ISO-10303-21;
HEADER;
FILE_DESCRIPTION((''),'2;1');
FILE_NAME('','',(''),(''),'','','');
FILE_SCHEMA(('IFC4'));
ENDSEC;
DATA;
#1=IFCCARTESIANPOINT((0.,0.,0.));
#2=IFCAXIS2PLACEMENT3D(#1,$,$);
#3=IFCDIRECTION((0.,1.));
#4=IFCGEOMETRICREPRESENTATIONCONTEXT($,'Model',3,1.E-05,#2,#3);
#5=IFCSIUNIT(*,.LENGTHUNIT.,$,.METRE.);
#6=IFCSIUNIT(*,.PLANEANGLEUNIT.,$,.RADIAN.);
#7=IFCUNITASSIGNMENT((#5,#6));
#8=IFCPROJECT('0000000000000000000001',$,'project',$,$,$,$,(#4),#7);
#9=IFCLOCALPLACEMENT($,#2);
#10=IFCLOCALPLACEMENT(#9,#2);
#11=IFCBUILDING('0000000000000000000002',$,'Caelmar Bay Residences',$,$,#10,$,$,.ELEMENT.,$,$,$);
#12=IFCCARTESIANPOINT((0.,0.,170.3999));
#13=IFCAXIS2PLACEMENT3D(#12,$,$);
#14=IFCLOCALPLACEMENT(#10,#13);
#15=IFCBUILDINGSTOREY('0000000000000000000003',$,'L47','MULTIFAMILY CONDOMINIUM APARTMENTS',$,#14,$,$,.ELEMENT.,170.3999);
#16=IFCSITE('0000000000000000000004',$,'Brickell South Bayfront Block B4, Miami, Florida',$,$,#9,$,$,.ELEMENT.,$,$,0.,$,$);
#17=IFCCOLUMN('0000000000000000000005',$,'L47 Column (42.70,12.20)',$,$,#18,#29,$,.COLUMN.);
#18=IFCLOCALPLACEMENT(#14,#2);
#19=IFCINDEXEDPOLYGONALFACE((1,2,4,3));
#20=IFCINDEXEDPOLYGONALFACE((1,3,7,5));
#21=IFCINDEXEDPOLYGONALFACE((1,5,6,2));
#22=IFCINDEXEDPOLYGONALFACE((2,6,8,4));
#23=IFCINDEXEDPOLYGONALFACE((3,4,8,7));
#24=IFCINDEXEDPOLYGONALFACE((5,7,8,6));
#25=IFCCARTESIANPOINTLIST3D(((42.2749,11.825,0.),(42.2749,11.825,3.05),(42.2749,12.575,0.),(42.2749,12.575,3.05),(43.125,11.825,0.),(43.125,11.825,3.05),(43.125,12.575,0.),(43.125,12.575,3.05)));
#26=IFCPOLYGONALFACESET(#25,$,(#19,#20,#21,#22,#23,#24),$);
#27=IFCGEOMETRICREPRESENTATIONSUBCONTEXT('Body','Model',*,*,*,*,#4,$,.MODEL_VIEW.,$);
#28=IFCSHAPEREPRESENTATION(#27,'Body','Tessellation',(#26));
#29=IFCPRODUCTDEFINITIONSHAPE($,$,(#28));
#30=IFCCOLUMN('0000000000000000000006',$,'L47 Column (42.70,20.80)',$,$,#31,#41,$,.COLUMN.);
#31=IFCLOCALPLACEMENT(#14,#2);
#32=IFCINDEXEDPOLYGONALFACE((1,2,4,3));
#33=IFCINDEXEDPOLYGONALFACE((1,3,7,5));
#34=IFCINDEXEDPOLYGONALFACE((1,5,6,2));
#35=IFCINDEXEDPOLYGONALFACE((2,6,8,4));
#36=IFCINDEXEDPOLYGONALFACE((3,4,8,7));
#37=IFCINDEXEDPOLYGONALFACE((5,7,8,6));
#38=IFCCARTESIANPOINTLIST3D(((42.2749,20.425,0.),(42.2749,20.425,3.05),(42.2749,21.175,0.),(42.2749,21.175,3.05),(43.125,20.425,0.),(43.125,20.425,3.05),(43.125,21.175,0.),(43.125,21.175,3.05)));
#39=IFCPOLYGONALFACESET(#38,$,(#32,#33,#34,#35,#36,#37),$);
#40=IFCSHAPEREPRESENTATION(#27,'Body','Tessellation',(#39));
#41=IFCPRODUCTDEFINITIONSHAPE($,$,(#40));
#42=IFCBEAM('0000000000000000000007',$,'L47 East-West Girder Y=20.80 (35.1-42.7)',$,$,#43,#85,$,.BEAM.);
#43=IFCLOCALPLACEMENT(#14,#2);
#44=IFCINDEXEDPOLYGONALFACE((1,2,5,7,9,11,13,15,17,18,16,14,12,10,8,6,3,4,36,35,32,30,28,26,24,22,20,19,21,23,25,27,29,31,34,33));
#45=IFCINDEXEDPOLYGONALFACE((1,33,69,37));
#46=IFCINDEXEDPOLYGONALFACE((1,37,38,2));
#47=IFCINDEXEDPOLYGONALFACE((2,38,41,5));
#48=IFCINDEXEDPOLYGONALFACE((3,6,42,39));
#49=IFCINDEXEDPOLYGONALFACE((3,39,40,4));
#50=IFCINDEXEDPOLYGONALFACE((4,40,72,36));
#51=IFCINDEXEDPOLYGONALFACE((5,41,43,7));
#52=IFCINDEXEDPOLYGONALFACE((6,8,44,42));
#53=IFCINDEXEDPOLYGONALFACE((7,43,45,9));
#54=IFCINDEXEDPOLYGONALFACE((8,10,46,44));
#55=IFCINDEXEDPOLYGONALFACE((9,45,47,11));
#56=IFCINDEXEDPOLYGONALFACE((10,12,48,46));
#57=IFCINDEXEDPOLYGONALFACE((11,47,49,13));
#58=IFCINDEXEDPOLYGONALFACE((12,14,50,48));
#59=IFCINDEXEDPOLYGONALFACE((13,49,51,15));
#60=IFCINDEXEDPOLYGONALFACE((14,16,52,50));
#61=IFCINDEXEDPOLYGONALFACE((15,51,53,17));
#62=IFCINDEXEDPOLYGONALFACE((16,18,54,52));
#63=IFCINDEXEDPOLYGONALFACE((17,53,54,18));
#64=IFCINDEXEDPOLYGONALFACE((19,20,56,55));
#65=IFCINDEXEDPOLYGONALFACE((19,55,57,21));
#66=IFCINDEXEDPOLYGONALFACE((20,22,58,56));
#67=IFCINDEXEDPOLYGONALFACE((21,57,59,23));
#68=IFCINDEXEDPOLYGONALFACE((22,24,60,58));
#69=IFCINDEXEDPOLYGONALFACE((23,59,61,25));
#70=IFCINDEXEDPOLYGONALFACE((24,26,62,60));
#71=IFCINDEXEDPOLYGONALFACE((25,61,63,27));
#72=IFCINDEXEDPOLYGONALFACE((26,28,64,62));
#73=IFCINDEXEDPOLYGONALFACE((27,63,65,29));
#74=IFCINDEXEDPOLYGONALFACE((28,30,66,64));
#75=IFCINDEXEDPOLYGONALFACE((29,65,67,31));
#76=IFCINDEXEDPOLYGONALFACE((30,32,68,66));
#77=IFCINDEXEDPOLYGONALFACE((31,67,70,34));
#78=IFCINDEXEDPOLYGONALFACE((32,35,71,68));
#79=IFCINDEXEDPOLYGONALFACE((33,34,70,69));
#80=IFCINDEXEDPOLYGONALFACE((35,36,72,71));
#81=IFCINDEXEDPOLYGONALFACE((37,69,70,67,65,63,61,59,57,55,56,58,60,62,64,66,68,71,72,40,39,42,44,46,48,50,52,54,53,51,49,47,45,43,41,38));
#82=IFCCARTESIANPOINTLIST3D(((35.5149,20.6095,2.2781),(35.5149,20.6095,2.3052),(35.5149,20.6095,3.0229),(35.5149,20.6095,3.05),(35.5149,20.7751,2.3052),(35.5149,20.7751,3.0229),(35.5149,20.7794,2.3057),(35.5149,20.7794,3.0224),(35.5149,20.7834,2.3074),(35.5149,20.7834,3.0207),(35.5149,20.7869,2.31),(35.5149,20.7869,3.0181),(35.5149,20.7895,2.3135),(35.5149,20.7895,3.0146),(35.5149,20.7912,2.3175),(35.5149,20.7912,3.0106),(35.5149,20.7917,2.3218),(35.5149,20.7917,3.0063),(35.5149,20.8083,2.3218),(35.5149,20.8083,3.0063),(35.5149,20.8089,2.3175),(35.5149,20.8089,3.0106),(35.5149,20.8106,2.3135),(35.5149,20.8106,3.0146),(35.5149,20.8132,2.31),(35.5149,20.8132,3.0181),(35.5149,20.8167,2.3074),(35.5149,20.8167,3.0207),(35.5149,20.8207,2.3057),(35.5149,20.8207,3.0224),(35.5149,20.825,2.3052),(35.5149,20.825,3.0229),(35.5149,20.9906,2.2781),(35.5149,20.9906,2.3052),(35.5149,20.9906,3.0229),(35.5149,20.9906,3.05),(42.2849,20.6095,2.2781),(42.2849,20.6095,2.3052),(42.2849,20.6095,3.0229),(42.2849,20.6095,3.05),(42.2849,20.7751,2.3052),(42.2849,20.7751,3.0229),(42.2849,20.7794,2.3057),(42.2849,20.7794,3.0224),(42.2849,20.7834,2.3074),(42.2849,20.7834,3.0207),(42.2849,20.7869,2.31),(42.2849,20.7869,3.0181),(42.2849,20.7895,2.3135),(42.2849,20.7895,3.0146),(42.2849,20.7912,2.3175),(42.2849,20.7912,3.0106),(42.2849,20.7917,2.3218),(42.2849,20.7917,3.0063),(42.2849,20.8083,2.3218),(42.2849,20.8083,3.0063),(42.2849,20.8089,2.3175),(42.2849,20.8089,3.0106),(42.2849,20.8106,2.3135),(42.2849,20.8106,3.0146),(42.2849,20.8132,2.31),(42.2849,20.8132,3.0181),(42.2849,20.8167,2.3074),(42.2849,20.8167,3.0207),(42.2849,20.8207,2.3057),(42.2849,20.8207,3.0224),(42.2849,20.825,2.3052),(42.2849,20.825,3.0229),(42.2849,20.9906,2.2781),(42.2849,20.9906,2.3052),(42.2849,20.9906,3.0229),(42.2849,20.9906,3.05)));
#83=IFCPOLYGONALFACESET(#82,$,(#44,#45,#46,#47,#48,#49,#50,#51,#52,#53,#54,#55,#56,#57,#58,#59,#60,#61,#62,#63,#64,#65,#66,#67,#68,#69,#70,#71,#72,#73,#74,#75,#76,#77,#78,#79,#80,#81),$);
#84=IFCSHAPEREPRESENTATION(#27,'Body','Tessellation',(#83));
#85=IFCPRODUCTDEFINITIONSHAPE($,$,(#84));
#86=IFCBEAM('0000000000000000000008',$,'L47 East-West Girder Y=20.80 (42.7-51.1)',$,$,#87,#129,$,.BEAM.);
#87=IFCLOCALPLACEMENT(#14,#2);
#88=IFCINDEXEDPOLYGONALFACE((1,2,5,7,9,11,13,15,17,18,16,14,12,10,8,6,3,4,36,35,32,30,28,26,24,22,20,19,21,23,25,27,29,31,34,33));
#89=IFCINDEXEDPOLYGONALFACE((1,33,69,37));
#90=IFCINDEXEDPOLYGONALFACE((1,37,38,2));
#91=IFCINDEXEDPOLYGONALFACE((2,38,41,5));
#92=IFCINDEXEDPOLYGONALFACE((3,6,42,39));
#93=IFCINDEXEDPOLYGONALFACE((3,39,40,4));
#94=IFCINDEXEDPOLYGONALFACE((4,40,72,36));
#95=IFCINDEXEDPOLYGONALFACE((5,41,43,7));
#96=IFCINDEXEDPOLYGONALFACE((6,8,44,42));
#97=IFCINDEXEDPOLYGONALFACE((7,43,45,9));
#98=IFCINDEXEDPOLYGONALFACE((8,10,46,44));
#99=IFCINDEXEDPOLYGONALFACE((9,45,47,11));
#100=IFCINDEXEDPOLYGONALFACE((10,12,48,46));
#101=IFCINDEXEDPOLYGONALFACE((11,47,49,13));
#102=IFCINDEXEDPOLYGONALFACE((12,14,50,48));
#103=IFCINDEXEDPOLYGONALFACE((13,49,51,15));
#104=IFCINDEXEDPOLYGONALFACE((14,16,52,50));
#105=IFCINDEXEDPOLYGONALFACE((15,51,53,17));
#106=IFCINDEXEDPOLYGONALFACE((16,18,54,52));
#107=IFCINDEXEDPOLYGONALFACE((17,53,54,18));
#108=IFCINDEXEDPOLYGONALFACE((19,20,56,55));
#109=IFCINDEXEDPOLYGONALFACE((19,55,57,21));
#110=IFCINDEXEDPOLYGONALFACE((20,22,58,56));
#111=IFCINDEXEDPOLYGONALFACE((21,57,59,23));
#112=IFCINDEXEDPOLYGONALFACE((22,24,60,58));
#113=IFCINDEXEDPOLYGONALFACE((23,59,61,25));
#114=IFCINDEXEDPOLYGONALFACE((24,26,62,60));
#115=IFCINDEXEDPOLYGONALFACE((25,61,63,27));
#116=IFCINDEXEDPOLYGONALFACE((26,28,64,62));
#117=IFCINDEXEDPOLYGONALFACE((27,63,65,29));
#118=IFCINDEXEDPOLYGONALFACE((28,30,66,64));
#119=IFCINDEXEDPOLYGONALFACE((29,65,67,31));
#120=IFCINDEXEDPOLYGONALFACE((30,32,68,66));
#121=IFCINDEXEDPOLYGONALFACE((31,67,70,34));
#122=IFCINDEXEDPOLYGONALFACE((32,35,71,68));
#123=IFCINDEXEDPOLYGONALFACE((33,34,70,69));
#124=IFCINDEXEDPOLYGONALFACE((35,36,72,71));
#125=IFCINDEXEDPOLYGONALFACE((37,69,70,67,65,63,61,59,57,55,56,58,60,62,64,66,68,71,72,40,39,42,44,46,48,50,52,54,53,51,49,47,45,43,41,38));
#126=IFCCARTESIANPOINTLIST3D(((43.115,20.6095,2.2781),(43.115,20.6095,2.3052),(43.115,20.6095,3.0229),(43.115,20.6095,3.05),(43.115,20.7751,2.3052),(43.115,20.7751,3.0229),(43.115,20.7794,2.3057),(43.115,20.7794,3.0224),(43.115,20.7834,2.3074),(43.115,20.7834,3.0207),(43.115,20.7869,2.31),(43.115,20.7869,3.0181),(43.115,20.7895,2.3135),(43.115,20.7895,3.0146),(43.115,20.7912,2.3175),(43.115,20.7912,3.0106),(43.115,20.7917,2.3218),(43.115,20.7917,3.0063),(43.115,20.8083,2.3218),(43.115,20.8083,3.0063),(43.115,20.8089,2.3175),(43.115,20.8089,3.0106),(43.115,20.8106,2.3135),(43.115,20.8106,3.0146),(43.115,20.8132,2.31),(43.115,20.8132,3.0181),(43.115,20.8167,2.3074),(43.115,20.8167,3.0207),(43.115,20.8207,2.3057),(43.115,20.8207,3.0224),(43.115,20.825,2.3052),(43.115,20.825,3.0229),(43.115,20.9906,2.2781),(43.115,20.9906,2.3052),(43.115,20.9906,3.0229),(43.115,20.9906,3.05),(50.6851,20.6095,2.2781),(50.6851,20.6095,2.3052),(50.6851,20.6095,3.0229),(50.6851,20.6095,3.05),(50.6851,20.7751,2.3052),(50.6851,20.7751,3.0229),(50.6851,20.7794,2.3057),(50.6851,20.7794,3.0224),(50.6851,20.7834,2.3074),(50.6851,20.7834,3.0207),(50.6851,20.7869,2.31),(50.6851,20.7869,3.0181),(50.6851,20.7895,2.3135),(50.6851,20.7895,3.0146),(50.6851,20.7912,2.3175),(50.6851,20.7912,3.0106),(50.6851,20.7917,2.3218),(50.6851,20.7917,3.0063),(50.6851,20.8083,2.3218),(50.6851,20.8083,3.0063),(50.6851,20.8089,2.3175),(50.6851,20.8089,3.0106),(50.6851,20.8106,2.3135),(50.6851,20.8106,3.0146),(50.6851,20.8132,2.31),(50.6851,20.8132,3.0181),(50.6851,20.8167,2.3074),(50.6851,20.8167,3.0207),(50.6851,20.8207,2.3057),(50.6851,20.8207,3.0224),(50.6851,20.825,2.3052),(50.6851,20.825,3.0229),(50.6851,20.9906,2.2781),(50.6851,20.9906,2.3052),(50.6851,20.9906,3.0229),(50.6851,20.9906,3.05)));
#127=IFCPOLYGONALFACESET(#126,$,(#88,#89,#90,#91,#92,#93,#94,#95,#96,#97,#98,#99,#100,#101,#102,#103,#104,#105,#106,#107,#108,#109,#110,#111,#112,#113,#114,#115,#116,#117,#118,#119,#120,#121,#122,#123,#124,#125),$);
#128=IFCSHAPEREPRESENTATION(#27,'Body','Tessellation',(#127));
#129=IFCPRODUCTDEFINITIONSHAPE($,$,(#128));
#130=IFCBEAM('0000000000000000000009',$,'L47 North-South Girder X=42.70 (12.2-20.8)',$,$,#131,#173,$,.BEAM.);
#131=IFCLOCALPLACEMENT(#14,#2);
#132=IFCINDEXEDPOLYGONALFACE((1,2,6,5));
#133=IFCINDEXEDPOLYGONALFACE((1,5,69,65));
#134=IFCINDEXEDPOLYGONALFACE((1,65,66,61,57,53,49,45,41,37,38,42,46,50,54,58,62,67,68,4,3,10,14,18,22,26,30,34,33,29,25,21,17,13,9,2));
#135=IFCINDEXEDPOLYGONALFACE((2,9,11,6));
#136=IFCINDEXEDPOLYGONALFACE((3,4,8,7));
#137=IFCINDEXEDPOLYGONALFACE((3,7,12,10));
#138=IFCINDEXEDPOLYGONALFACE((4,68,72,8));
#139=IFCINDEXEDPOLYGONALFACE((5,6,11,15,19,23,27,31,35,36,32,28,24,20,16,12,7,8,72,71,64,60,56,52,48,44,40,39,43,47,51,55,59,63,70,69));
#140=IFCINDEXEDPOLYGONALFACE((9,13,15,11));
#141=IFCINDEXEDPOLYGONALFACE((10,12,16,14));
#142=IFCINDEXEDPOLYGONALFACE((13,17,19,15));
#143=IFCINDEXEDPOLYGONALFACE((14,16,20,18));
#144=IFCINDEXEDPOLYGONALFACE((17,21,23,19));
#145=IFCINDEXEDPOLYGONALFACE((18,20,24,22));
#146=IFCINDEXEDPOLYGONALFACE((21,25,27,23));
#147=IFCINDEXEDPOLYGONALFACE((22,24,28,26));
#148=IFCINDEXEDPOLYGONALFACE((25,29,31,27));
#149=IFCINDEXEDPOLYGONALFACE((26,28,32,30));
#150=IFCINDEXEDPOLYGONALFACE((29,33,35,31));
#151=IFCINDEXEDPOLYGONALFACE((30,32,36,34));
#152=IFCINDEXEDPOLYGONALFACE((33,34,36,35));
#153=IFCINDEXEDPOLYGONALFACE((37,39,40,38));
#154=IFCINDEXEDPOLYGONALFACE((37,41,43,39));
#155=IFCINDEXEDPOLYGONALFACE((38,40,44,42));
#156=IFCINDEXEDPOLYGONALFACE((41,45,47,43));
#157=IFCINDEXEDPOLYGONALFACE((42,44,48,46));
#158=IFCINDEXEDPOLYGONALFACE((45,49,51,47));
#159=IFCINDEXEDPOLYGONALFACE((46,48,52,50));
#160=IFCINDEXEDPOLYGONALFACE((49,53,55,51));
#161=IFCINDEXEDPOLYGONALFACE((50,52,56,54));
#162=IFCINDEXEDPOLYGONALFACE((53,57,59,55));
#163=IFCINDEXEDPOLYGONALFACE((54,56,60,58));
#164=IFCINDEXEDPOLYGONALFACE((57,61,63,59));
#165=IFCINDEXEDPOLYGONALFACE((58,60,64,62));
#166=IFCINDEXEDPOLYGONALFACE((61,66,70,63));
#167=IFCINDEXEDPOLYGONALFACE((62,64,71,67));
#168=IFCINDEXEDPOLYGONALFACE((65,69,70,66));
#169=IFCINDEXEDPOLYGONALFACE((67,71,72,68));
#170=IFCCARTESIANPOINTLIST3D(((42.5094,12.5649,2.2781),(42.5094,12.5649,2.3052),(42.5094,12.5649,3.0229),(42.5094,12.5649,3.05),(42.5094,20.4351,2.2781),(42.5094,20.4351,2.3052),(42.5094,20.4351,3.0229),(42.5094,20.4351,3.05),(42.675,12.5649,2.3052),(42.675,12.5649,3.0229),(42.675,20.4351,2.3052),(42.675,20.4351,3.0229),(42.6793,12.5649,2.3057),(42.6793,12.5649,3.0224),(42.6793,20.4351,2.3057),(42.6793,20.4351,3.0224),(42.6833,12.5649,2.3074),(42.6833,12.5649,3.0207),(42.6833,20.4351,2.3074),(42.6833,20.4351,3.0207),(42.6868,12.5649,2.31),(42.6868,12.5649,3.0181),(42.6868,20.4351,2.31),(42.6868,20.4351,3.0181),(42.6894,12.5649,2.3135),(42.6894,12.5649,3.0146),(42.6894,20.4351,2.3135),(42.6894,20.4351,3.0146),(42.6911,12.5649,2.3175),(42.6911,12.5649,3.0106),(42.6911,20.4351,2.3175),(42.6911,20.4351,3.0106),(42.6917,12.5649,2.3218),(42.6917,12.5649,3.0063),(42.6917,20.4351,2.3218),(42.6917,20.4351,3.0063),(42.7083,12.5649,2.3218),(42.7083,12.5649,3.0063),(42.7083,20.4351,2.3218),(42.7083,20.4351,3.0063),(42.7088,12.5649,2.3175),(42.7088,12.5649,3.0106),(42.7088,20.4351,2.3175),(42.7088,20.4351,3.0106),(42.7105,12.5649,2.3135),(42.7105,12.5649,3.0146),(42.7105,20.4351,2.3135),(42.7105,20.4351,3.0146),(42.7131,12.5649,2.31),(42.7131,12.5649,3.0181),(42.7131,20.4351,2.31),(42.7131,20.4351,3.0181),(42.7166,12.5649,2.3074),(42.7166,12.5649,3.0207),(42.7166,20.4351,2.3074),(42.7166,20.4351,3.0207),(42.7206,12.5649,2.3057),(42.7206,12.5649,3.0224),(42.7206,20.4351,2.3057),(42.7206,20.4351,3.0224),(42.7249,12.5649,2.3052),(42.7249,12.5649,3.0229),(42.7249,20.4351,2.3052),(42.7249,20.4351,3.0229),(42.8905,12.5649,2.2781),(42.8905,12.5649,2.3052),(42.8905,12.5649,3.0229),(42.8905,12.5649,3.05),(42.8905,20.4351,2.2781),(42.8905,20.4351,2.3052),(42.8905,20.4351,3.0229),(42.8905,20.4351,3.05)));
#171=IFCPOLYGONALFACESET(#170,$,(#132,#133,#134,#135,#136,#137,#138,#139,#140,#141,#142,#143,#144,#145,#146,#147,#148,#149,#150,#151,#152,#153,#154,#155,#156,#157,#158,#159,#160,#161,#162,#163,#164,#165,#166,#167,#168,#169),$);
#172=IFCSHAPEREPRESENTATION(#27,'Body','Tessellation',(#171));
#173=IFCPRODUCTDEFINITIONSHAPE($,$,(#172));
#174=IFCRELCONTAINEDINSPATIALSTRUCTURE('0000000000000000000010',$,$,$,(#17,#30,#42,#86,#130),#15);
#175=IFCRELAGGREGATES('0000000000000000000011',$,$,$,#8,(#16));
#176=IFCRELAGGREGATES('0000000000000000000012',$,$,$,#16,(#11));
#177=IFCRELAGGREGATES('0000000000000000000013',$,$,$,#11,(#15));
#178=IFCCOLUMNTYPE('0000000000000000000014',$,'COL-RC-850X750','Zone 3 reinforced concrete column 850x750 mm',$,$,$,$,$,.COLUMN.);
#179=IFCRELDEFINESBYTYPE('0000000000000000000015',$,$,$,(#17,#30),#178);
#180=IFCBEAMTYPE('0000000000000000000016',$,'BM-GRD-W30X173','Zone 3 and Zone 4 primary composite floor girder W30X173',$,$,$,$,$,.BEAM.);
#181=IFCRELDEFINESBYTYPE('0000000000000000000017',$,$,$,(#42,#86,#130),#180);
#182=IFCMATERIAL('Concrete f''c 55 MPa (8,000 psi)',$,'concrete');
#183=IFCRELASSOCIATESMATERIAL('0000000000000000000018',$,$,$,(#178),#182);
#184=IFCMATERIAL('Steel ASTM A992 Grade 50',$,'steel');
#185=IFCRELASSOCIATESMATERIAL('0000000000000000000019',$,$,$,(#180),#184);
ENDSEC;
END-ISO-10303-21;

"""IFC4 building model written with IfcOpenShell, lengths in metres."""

from ifc_helpers import new_model, si_unit, direction, frame, origin, origin_2d, place, context, subcontext, project, spatial, rectangle, i_section, extrude, material, material_profile, profile_set, type_object, element, save


model = new_model("IFC4")

# Units and contexts
model_context = context("Model", 3, precision=1e-05, world=origin(), true_north=direction((0.0, 1.0)))
body_context = subcontext(model_context, "Body", "Model", "MODEL_VIEW")
ifc_project = project(units=[si_unit("LENGTHUNIT", "METRE"), si_unit("PLANEANGLEUNIT", "RADIAN")], contexts=[model_context])

# Site, building, storey
site_placement = place(None, origin())
site = spatial("IfcSite", under=ifc_project, at=site_placement, Name="Brickell South Bayfront Block B4, Miami, Florida", CompositionType="ELEMENT", RefElevation=0.0)
building_placement = place(site_placement, origin())
building = spatial("IfcBuilding", under=site, at=building_placement, Name="Caelmar Bay Residences", CompositionType="ELEMENT")
storey_placement = place(building_placement, frame((0.0, 0.0, 170.3999)))
storey = spatial("IfcBuildingStorey", under=building, at=storey_placement, Name="L47", Description="MULTIFAMILY CONDOMINIUM APARTMENTS", CompositionType="ELEMENT", Elevation=170.3999)

# Columns
ifc_material_1 = material(Name="Concrete f'c 55 MPa (8,000 psi)", Category="concrete")
ifc_material_profile_1 = material_profile(ifc_material_1, rectangle(XDim=0.8501, YDim=0.75, at=origin_2d()), Name="RC-COL-850X750")
ifc_profile_set_1 = profile_set([ifc_material_profile_1], Name="Concrete f'c 55 MPa (8,000 psi)")
column_type = type_object("IfcColumnType", Name="COL-RC-850X750", Description="Zone 3 reinforced concrete column 850x750 mm", PredefinedType="COLUMN", material=ifc_profile_set_1)
for number, where, z_axis, x_axis, name in (
    (1, (42.7, 12.2, 0.0), (0.0, 0.0, 1.0), (1.0, 0.0, 0.0), "L47 Column (42.70,12.20)"),
    (2, (42.7, 20.8, 0.0), (0.0, 0.0, 1.0), (1.0, 0.0, 0.0), "L47 Column (42.70,20.80)"),
):
    element("IfcColumn", number, at=place(storey_placement, frame(where, z_axis=z_axis, x_axis=x_axis)), inside=storey, type_object=column_type, Name=name, PredefinedType="COLUMN", context=body_context, shape_type="SweptSolid", body=[
        extrude(rectangle(XDim=0.8501, YDim=0.75, at=origin_2d()), origin(), (0.0, 0.0, 1.0), 3.05),
    ])

# Beams
ifc_material_2 = material(Name="Steel ASTM A992 Grade 50", Category="steel")
ifc_material_profile_2 = material_profile(ifc_material_2, i_section(OverallWidth=0.3811, OverallDepth=0.772, WebThickness=0.0166, FlangeThickness=0.0271, FilletRadius=0.0166, at=origin_2d()), Name="W30X173")
ifc_profile_set_2 = profile_set([ifc_material_profile_2], Name="Steel ASTM A992 Grade 50")
beam_type_1 = type_object("IfcBeamType", Name="BM-GRD-W30X173", Description="Zone 3 and Zone 4 primary composite floor girder W30X173", PredefinedType="BEAM", material=ifc_profile_set_2)
beam_1_placement = place(storey_placement, frame((35.5149, 20.8, 2.6641), z_axis=(1.0, 0.0, 0.0), x_axis=(0.0, 1.0, 0.0)))
element("IfcBeam", 3, at=beam_1_placement, inside=storey, type_object=beam_type_1, Name="L47 East-West Girder Y=20.80 (35.1-42.7)", PredefinedType="BEAM", context=body_context, shape_type="SweptSolid", body=[
    extrude(i_section(OverallWidth=0.3811, OverallDepth=0.772, WebThickness=0.0166, FlangeThickness=0.0271, FilletRadius=0.0166, at=origin_2d()), origin(), (0.0, 0.0, 1.0), 6.77),
])
beam_2_placement = place(storey_placement, frame((43.115, 20.8, 2.6641), z_axis=(1.0, 0.0, 0.0), x_axis=(0.0, 1.0, 0.0)))
element("IfcBeam", 4, at=beam_2_placement, inside=storey, type_object=beam_type_1, Name="L47 East-West Girder Y=20.80 (42.7-51.1)", PredefinedType="BEAM", context=body_context, shape_type="SweptSolid", body=[
    extrude(i_section(OverallWidth=0.3811, OverallDepth=0.772, WebThickness=0.0166, FlangeThickness=0.0271, FilletRadius=0.0166, at=origin_2d()), origin(), (0.0, 0.0, 1.0), 7.5701),
])
beam_3_placement = place(storey_placement, frame((42.7, 12.5649, 2.6641), z_axis=(0.0, 1.0, 0.0), x_axis=(-1.0, 0.0, 0.0)))
element("IfcBeam", 5, at=beam_3_placement, inside=storey, type_object=beam_type_1, Name="L47 North-South Girder X=42.70 (12.2-20.8)", PredefinedType="BEAM", context=body_context, shape_type="SweptSolid", body=[
    extrude(i_section(OverallWidth=0.3811, OverallDepth=0.772, WebThickness=0.0166, FlangeThickness=0.0271, FilletRadius=0.0166, at=origin_2d()), origin(), (0.0, 0.0, 1.0), 7.8701),
])

save(model, "model.ifc")
